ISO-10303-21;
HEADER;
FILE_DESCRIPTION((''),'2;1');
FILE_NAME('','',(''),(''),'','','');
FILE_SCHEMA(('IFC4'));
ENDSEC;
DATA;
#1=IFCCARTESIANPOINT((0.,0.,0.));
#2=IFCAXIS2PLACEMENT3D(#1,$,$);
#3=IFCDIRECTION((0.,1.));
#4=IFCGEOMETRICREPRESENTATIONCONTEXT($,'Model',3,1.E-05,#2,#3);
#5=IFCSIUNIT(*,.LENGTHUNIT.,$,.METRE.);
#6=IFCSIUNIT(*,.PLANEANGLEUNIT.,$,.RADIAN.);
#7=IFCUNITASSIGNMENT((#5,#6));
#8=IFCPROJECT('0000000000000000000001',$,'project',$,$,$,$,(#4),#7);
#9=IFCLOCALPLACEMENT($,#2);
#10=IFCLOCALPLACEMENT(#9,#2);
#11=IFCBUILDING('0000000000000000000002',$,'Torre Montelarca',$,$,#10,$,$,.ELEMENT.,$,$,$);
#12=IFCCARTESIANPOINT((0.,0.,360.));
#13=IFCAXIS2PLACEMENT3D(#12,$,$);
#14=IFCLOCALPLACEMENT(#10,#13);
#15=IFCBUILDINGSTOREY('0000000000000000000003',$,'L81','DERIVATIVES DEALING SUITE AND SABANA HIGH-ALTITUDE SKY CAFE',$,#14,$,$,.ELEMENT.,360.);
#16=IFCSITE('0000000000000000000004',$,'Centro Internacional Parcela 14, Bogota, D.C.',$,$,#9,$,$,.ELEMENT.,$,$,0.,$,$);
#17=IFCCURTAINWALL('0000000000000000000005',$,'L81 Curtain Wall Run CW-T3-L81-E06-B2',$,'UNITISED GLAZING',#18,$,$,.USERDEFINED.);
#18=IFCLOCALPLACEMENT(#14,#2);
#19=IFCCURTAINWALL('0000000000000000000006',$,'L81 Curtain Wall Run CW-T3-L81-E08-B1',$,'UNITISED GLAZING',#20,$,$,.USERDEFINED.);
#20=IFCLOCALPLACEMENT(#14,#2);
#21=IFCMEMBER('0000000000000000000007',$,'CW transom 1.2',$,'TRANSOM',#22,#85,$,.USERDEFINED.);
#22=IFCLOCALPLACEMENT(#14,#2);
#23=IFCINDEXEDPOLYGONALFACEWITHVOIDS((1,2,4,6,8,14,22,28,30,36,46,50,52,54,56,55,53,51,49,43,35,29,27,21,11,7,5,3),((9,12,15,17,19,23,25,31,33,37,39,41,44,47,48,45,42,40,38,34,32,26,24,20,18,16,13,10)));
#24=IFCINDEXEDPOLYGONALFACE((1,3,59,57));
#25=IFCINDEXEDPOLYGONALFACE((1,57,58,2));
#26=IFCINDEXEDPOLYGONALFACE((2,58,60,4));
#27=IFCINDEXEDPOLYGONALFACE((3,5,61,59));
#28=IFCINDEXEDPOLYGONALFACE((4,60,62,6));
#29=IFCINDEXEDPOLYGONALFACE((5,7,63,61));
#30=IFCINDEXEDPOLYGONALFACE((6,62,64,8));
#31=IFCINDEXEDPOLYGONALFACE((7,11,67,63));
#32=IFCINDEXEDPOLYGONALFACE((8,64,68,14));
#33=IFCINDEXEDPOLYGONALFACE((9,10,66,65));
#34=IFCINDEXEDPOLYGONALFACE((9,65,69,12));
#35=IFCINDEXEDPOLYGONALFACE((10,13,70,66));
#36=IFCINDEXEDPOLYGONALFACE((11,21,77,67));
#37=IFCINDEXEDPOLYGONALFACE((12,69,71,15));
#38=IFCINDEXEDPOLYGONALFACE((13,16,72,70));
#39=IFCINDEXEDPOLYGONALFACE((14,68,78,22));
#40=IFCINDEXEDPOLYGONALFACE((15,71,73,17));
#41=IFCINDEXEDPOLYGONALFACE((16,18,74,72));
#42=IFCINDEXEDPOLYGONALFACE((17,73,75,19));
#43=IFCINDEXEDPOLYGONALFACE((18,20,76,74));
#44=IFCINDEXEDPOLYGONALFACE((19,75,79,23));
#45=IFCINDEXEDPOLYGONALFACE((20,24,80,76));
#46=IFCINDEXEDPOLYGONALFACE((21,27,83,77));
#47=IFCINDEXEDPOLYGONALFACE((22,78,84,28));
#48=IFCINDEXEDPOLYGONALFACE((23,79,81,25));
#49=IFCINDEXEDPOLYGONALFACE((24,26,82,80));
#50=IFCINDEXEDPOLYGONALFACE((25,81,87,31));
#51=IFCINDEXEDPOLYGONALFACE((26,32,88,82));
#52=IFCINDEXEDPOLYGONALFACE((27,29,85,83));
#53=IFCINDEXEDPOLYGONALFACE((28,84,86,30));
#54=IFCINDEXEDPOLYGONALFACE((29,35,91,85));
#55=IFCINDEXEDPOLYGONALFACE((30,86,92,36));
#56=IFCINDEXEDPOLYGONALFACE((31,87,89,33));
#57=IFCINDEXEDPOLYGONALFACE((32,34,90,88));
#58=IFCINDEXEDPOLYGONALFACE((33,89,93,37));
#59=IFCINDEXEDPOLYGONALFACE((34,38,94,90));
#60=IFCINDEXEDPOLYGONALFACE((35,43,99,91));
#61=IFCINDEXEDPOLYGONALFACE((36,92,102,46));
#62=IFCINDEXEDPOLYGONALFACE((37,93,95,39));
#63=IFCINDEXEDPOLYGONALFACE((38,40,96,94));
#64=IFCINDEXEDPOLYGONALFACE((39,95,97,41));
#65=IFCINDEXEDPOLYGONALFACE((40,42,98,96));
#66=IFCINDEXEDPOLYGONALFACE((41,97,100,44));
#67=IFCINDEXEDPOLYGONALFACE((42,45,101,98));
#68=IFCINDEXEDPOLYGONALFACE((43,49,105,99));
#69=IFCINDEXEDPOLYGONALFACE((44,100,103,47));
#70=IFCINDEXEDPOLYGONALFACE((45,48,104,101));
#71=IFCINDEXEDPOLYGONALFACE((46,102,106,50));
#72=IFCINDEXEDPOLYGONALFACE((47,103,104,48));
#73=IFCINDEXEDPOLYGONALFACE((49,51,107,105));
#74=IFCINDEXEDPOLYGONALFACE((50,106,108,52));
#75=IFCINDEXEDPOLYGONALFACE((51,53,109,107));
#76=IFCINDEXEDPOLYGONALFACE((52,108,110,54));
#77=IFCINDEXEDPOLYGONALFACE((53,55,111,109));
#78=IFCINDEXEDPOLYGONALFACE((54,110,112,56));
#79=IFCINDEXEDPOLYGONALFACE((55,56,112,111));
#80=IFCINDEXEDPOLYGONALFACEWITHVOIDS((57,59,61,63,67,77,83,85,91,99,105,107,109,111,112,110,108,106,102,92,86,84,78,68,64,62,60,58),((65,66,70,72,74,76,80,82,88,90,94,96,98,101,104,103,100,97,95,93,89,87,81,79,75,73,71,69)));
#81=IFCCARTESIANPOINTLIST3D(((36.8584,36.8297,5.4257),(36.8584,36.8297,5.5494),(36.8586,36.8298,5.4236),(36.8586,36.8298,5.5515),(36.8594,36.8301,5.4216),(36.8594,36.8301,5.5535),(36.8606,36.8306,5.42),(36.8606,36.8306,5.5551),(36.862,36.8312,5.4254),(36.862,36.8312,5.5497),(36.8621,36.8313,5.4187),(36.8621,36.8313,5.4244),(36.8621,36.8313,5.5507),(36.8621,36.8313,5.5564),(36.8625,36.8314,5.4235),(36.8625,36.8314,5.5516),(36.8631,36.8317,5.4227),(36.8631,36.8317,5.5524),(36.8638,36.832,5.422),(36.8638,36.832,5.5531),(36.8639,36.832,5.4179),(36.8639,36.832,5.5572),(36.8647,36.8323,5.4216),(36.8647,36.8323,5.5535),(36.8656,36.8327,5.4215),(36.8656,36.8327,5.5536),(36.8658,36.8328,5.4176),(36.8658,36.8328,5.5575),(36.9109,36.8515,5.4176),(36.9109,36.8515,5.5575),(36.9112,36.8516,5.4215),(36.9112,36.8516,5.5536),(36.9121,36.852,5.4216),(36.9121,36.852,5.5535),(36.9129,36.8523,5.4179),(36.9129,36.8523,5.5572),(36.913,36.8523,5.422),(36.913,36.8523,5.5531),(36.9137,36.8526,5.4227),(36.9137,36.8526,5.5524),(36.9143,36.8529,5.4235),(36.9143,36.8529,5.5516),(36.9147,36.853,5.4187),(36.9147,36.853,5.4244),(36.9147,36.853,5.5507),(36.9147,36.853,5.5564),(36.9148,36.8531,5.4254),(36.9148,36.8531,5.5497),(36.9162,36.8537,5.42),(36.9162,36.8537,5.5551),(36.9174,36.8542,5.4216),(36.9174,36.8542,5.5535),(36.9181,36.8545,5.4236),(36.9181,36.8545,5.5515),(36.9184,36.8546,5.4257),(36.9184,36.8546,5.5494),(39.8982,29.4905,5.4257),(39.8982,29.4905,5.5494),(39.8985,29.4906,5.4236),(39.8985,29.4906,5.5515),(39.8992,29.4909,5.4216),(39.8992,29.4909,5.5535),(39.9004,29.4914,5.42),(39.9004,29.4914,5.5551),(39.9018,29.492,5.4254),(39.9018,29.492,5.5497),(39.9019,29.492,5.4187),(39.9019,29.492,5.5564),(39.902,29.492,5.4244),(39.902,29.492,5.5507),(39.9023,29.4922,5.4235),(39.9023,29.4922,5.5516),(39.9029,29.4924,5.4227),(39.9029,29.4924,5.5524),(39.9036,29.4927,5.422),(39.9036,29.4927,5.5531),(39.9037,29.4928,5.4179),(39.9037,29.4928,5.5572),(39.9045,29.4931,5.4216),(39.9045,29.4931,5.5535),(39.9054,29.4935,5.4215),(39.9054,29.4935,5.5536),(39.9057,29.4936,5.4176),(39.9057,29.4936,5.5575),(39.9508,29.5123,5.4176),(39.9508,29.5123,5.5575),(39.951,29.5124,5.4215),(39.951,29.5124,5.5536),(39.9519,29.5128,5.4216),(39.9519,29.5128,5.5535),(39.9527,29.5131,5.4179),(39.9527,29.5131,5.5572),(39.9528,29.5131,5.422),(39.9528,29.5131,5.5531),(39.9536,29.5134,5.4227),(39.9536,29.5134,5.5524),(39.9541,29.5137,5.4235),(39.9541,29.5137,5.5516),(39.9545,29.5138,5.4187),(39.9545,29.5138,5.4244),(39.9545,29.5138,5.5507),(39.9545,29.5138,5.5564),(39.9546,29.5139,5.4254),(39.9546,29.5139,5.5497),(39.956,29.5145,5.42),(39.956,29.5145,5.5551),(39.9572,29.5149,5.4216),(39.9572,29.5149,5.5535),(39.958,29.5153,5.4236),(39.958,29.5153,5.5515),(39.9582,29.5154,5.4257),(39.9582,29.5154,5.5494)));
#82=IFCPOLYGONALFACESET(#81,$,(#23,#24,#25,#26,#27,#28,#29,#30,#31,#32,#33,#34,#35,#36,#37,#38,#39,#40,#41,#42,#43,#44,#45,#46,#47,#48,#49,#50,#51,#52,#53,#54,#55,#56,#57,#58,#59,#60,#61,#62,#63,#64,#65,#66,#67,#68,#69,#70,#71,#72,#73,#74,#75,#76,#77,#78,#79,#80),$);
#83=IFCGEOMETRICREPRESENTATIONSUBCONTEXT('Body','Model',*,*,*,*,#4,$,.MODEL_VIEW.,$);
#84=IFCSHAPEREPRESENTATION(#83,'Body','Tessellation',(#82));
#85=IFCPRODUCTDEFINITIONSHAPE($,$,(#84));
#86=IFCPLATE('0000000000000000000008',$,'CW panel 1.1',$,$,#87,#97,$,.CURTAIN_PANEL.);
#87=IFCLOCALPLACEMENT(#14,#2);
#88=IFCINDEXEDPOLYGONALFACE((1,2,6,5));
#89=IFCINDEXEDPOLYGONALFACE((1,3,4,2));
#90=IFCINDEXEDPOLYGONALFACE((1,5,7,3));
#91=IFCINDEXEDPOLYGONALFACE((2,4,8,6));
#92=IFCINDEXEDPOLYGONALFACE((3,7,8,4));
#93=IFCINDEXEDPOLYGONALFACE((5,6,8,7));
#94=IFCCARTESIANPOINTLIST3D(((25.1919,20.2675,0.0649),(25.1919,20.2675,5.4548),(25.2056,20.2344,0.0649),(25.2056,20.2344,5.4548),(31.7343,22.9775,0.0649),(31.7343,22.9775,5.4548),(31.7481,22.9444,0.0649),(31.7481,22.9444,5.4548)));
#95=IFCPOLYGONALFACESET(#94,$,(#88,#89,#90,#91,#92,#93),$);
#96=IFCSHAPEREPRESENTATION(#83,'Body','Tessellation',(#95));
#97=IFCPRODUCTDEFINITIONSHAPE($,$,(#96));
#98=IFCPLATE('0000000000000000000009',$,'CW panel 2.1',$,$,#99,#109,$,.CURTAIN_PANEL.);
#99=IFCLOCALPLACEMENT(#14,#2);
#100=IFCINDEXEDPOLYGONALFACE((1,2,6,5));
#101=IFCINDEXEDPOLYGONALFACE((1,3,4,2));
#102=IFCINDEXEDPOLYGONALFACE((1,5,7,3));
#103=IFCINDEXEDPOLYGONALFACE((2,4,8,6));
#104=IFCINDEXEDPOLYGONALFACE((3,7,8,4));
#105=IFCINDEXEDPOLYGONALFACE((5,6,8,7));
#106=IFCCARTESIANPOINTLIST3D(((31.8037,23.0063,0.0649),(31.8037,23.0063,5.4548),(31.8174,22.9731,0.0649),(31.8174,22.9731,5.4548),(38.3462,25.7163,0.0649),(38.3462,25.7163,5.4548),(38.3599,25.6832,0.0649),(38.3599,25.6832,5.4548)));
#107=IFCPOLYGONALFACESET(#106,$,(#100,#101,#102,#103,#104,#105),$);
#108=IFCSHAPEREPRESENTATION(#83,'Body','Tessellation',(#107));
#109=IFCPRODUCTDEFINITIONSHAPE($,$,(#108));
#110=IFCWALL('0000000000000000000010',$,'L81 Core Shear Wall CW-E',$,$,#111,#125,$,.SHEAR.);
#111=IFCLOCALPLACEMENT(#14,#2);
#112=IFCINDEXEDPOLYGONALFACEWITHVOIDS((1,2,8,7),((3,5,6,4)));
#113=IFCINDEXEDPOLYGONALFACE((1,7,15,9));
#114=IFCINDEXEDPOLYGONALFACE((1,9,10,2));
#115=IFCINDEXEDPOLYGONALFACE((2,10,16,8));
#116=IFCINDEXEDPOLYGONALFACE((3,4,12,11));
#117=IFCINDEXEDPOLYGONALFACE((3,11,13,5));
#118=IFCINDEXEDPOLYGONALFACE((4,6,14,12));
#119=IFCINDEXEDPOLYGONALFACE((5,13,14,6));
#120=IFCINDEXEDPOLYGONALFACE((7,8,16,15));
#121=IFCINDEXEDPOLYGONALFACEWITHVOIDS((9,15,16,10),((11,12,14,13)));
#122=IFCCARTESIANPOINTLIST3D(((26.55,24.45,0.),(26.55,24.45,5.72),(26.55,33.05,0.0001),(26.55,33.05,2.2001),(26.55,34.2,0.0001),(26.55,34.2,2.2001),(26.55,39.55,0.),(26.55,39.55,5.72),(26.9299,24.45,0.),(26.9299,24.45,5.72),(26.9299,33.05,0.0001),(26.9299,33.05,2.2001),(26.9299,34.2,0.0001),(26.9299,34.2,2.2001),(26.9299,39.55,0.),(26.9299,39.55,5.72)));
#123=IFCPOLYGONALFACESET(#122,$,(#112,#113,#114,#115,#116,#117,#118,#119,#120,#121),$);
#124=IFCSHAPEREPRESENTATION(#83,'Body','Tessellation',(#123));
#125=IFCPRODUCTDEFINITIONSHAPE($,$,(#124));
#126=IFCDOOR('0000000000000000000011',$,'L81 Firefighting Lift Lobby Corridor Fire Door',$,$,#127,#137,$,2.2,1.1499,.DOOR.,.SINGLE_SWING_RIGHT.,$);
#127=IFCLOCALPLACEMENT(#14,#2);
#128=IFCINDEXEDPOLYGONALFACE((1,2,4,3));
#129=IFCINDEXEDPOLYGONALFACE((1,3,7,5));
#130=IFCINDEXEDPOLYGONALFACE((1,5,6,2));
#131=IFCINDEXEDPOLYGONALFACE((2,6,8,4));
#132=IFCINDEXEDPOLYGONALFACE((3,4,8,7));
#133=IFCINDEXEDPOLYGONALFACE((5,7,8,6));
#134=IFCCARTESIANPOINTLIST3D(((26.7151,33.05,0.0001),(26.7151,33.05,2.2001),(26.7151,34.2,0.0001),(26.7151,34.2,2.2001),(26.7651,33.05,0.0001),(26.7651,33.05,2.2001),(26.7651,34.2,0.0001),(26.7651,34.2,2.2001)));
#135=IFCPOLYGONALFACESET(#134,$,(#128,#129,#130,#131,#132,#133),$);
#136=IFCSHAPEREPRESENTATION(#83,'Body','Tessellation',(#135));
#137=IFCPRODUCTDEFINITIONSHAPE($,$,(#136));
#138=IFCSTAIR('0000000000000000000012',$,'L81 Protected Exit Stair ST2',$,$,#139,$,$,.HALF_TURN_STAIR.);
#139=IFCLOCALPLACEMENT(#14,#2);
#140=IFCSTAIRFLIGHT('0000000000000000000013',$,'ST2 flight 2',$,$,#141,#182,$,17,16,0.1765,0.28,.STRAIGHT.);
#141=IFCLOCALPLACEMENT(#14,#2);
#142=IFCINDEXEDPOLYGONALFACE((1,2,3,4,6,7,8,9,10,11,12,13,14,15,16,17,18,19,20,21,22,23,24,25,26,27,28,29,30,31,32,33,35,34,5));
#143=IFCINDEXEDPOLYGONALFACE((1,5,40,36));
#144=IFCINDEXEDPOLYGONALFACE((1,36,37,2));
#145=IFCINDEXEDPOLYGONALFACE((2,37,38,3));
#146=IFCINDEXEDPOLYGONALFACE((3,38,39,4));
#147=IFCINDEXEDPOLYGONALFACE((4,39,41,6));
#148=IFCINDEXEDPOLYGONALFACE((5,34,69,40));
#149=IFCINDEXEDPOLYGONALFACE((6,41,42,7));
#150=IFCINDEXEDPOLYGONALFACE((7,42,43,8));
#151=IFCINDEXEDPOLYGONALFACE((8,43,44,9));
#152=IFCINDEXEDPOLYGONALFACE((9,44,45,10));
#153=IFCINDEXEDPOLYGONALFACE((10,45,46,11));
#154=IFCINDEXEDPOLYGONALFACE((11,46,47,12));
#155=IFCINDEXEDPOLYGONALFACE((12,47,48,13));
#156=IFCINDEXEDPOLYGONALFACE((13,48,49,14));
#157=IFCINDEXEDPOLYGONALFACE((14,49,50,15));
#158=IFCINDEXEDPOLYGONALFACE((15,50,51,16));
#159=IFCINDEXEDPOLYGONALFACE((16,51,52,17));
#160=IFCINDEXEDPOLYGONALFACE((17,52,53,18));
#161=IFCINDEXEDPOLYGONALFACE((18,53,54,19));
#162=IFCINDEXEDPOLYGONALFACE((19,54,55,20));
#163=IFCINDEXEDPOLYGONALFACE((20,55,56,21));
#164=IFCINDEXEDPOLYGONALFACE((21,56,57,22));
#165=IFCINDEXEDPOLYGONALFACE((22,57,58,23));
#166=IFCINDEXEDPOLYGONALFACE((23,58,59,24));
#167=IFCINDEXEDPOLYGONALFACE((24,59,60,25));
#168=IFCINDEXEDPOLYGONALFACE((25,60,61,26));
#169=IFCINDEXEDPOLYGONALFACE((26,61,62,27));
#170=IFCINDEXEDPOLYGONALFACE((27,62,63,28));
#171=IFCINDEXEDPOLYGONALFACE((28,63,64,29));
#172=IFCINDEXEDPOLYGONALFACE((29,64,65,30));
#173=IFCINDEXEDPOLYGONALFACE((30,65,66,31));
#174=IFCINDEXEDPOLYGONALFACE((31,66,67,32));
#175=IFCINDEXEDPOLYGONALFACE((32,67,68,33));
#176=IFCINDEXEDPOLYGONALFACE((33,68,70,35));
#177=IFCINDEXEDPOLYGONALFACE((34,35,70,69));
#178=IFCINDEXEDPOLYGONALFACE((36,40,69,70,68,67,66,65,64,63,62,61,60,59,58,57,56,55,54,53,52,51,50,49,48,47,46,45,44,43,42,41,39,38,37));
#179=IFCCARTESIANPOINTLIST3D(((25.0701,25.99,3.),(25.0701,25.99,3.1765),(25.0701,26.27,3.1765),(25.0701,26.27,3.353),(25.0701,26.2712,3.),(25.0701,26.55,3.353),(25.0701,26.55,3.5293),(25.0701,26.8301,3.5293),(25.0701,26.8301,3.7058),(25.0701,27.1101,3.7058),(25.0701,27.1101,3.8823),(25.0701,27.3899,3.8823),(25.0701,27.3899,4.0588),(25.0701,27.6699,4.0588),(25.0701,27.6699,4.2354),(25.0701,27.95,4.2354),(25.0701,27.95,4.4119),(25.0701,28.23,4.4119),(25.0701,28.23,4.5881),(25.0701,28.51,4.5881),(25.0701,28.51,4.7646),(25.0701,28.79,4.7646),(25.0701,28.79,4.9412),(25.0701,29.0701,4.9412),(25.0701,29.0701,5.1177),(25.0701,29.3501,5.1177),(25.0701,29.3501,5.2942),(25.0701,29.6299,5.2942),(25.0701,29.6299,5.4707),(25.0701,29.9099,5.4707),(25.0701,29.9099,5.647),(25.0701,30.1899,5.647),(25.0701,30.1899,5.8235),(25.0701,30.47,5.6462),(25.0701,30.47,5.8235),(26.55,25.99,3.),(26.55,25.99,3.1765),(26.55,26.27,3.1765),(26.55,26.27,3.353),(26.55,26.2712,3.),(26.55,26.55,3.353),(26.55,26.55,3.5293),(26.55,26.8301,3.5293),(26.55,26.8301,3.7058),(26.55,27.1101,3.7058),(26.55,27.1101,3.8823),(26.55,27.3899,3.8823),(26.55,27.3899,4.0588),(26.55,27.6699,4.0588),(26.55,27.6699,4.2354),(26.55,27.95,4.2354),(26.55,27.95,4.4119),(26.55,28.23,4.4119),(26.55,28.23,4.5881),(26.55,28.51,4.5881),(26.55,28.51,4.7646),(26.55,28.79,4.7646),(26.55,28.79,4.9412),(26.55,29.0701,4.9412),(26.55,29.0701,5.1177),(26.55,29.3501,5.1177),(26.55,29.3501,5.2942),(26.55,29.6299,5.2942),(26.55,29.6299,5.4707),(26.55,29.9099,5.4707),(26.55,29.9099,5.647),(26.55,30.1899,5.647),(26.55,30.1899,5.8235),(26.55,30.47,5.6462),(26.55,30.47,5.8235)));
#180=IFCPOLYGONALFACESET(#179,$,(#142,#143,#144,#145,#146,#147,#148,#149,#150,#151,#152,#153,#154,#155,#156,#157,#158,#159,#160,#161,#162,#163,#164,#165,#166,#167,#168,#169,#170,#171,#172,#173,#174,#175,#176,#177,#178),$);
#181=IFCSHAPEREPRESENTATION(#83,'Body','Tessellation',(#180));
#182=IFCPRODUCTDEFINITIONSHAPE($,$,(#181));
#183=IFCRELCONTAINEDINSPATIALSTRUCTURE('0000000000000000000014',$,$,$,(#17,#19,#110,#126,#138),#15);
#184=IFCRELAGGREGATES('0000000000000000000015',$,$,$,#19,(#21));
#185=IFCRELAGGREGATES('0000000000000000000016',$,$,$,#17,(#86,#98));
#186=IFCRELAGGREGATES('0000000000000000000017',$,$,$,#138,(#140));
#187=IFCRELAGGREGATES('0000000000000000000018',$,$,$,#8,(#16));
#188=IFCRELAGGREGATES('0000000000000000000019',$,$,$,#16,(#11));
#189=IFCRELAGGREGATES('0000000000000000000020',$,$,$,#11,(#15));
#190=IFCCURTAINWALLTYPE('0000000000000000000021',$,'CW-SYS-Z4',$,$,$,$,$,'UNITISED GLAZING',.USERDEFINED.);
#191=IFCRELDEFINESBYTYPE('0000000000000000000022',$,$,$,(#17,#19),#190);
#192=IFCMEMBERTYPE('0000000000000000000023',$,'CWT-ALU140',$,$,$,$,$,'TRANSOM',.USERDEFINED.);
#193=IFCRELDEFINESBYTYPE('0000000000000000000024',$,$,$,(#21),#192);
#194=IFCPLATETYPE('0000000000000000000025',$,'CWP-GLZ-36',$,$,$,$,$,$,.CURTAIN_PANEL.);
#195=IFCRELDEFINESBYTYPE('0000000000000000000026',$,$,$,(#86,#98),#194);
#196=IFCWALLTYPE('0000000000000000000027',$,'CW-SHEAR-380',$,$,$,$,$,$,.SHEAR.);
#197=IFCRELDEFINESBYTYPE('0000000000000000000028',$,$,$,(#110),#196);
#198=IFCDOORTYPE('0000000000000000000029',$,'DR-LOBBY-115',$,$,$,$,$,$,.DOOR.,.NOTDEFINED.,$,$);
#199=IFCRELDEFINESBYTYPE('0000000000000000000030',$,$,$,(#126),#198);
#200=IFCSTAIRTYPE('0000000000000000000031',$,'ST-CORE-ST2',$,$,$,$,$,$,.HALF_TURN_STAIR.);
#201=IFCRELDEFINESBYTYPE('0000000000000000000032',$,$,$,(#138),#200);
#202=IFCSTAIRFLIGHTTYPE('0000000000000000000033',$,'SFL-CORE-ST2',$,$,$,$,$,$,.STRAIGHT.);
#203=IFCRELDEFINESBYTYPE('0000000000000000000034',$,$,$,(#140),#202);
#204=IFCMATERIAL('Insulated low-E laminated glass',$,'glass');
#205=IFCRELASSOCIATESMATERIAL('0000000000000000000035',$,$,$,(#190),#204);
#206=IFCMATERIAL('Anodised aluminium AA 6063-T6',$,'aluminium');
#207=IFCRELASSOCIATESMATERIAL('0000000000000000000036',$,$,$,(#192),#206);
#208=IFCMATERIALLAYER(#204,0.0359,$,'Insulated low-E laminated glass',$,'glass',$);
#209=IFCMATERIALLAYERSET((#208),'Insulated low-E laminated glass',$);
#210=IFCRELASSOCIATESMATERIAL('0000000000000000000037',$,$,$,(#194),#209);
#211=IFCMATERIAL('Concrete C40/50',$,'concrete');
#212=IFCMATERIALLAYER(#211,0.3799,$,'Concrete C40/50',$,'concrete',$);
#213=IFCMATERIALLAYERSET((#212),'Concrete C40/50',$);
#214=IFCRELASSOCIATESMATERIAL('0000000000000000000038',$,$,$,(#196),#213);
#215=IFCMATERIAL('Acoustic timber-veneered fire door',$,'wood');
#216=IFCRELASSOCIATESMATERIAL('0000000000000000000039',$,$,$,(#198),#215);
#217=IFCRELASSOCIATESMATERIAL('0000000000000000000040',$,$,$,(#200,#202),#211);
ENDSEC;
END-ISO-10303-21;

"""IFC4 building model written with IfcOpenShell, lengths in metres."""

from ifc_helpers import new_model, si_unit, direction, frame, frame_2d, origin, origin_2d, place, context, subcontext, project, spatial, polyline, rectangle, hollow_rectangle, outline, extrude, source, transform, mapped, material, layer, layer_set, material_profile, profile_set, type_object, element, fill, aggregate, save


model = new_model("IFC4")

# Units and contexts
model_context = context("Model", 3, precision=1e-05, world=origin(), true_north=direction((0.0, 1.0)))
body_context = subcontext(model_context, "Body", "Model", "MODEL_VIEW")
ifc_project = project(units=[si_unit("LENGTHUNIT", "METRE"), si_unit("PLANEANGLEUNIT", "RADIAN")], contexts=[model_context])

# Site, building, storey
site_placement = place(None, origin())
site = spatial("IfcSite", under=ifc_project, at=site_placement, Name="Centro Internacional Parcela 14, Bogota, D.C.", CompositionType="ELEMENT", RefElevation=0.0)
building_placement = place(site_placement, origin())
building = spatial("IfcBuilding", under=site, at=building_placement, Name="Torre Montelarca", CompositionType="ELEMENT")
storey_placement = place(building_placement, frame((0.0, 0.0, 360.0)))
storey = spatial("IfcBuildingStorey", under=building, at=storey_placement, Name="L81", Description="DERIVATIVES DEALING SUITE AND SABANA HIGH-ALTITUDE SKY CAFE", CompositionType="ELEMENT", Elevation=360.0)

# Shared definitions
ifc_material_1 = material(Name="Concrete C40/50", Category="concrete")

# Curtain wall
ifc_material_2 = material(Name="Insulated low-E laminated glass", Category="glass")
curtain_wall_type = type_object("IfcCurtainWallType", Name="CW-SYS-Z4", ElementType="UNITISED GLAZING", PredefinedType="USERDEFINED", material=ifc_material_2)
curtain_wall_1_placement = place(storey_placement, origin())
curtain_wall_1 = element("IfcCurtainWall", 1, at=curtain_wall_1_placement, inside=storey, type_object=curtain_wall_type, Name="L81 Curtain Wall Run CW-T3-L81-E06-B2", ObjectType="UNITISED GLAZING", PredefinedType="USERDEFINED")
ifc_material_3 = material(Name="Anodised aluminium AA 6063-T6", Category="aluminium")

# Curtain wall
curtain_wall_2_placement = place(storey_placement, origin())
curtain_wall_2 = element("IfcCurtainWall", 2, at=curtain_wall_2_placement, inside=storey, type_object=curtain_wall_type, Name="L81 Curtain Wall Run CW-T3-L81-E08-B1", ObjectType="UNITISED GLAZING", PredefinedType="USERDEFINED")

# Member
ifc_material_profile_1 = material_profile(ifc_material_3, hollow_rectangle(XDim=0.0649, YDim=0.1399, WallThickness=0.0039, InnerFilletRadius=0.0039, OuterFilletRadius=0.0081, at=origin_2d()), Name="ALU65X140X4", Category="aluminium")
ifc_profile_set_1 = profile_set([ifc_material_profile_1], Name="Anodised aluminium AA 6063-T6")
member_type_1 = type_object("IfcMemberType", Name="CWT-ALU140", ElementType="TRANSOM", PredefinedType="USERDEFINED", material=ifc_profile_set_1)
shared_shape_1 = source(origin(), body_context, "Body", "SweptSolid", [
    extrude(hollow_rectangle(XDim=0.0649, YDim=0.1399, WallThickness=0.0039, InnerFilletRadius=0.0039, OuterFilletRadius=0.0081, at=origin_2d()), origin(), (0.0, 0.0, 1.0), 7.9438),
])
member_1_placement = place(storey_placement, frame((39.9282, 29.5029, 5.4875), z_axis=(-0.382666, 0.923887, 0.0), x_axis=(-0.923887, -0.382666, 0.0)))
member_1 = element("IfcMember", 3, at=member_1_placement, type_object=member_type_1, Name="CW transom 1.2", ObjectType="TRANSOM", PredefinedType="USERDEFINED", context=body_context, shape_type="MappedRepresentation", body=[
    mapped(shared_shape_1, transform((0.0, 0.0, 0.0), scale=1.0)),
])
aggregate(curtain_wall_2, [member_1])

# Plates
ifc_layer_1 = layer(ifc_material_2, 0.0359, Name="Insulated low-E laminated glass", Category="glass")
ifc_layer_set_1 = layer_set([ifc_layer_1], Name="Insulated low-E laminated glass")
plate_type = type_object("IfcPlateType", Name="CWP-GLZ-36", PredefinedType="CURTAIN_PANEL", material=ifc_layer_set_1)
shared_shape_2 = source(origin(), body_context, "Body", "SweptSolid", [
    extrude(rectangle(XDim=7.0815, YDim=0.0359, at=origin_2d()), origin(), (0.0, 0.0, 1.0), 5.3899),
])
plate_1_placement = place(storey_placement, frame((28.47, 21.606, 0.0649), z_axis=(0.0, 0.0, 1.0), x_axis=(0.923878, 0.382687, 0.0)))
plate_1 = element("IfcPlate", 4, at=plate_1_placement, type_object=plate_type, Name="CW panel 1.1", PredefinedType="CURTAIN_PANEL", context=body_context, shape_type="MappedRepresentation", body=[
    mapped(shared_shape_2, transform((0.0, 0.0, 0.0), scale=1.0)),
])
plate_2_placement = place(storey_placement, frame((35.0818, 24.3447, 0.0649), z_axis=(0.0, 0.0, 1.0), x_axis=(0.923878, 0.382687, 0.0)))
plate_2 = element("IfcPlate", 5, at=plate_2_placement, type_object=plate_type, Name="CW panel 2.1", PredefinedType="CURTAIN_PANEL", context=body_context, shape_type="MappedRepresentation", body=[
    mapped(shared_shape_2, transform((0.0, 0.0, 0.0), scale=1.0)),
])
aggregate(curtain_wall_1, [plate_1, plate_2])

# Wall, opening, door
ifc_layer_2 = layer(ifc_material_1, 0.3799, Name="Concrete C40/50", Category="concrete")
ifc_layer_set_2 = layer_set([ifc_layer_2], Name="Concrete C40/50")
wall_type = type_object("IfcWallType", Name="CW-SHEAR-380", PredefinedType="SHEAR", material=ifc_layer_set_2)
wall_placement = place(storey_placement, frame((26.74, 24.45, 0.0), z_axis=(0.0, 0.0, 1.0), x_axis=(0.0, 1.0, 0.0)))
wall = element("IfcWall", 6, at=wall_placement, inside=storey, type_object=wall_type, Name="L81 Core Shear Wall CW-E", PredefinedType="SHEAR", context=body_context, shape_type="SweptSolid", body=[
    extrude(rectangle(XDim=15.1001, YDim=0.3799, at=frame_2d((7.55, 0.0))), origin(), (0.0, 0.0, 1.0), 5.72),
])
opening_placement = place(wall_placement, frame((8.6001, 0.0, 0.0)))
opening = element("IfcOpeningElement", 7, at=opening_placement, cuts=wall, PredefinedType="OPENING", context=body_context, shape_type="SweptSolid", body=[
    extrude(rectangle(XDim=1.1499, YDim=2.2, at=frame_2d((0.575, 1.1001))), frame((0.0, 0.2, 0.0), z_axis=(0.0, -1.0, 0.0), x_axis=(1.0, 0.0, 0.0)), (0.0, 0.0, 1.0), 0.3999),
])
ifc_material_4 = material(Name="Acoustic timber-veneered fire door", Category="wood")
door_type = type_object("IfcDoorType", Name="DR-LOBBY-115", OperationType="NOTDEFINED", PredefinedType="DOOR", material=ifc_material_4)
shared_shape_3 = source(origin(), body_context, "Body", "SweptSolid", [
    extrude(rectangle(XDim=1.1499, YDim=2.2, at=frame_2d((0.575, 1.1001))), frame((0.0, 0.0249, 0.0), z_axis=(0.0, -1.0, 0.0), x_axis=(1.0, 0.0, 0.0)), (0.0, 0.0, 1.0), 0.05),
])
door_placement = place(opening_placement, origin())
door = element("IfcDoor", 8, at=door_placement, inside=storey, type_object=door_type, Name="L81 Firefighting Lift Lobby Corridor Fire Door", OperationType="SINGLE_SWING_RIGHT", OverallHeight=2.2, OverallWidth=1.1499, PredefinedType="DOOR", context=body_context, shape_type="MappedRepresentation", body=[
    mapped(shared_shape_3, transform((0.0, 0.0, 0.0), scale=1.0)),
])
fill(opening, door)

# Stair, stair flight
stair_type = type_object("IfcStairType", Name="ST-CORE-ST2", PredefinedType="HALF_TURN_STAIR", material=ifc_material_1)
stair_placement = place(storey_placement, origin())
stair = element("IfcStair", 9, at=stair_placement, inside=storey, type_object=stair_type, Name="L81 Protected Exit Stair ST2", PredefinedType="HALF_TURN_STAIR")
stair_flight_type = type_object("IfcStairFlightType", Name="SFL-CORE-ST2", PredefinedType="STRAIGHT", material=ifc_material_1)
stair_flight_placement = place(storey_placement, frame((25.8101, 25.99, 3.0), z_axis=(0.0, 0.0, 1.0), x_axis=(0.0, 1.0, 0.0)))
stair_flight = element("IfcStairFlight", 10, at=stair_flight_placement, type_object=stair_flight_type, Name="ST2 flight 2", NumberOfRisers=17, NumberOfTreads=16, PredefinedType="STRAIGHT", RiserHeight=0.1765, TreadLength=0.28, context=body_context, shape_type="SweptSolid", body=[
    extrude(outline(polyline([(0.0, 0.0), (0.0, 0.1765), (0.28, 0.1765), (0.28, 0.353), (0.5601, 0.353), (0.5601, 0.5293), (0.8401, 0.5293), (0.8401, 0.7058), (1.1201, 0.7058), (1.1201, 0.8823), (1.3999, 0.8823), (1.3999, 1.0588), (1.6799, 1.0588), (1.6799, 1.2354), (1.96, 1.2354), (1.96, 1.4119), (2.24, 1.4119), (2.24, 1.5881), (2.52, 1.5881), (2.52, 1.7646), (2.8, 1.7646), (2.8, 1.9412), (3.0801, 1.9412), (3.0801, 2.1177), (3.3601, 2.1177), (3.3601, 2.2942), (3.6399, 2.2942), (3.6399, 2.4707), (3.9199, 2.4707), (3.9199, 2.647), (4.2, 2.647), (4.2, 2.8235), (4.48, 2.8235), (4.48, 3.0), (4.48, 2.6462), (0.2812, 0.0), (0.0, 0.0)])), frame((0.0, 0.74, 0.0), z_axis=(0.0, -1.0, 0.0), x_axis=(1.0, 0.0, 0.0)), (0.0, 0.0, 1.0), 1.48),
])
aggregate(stair, [stair_flight])

save(model, "model.ifc")
